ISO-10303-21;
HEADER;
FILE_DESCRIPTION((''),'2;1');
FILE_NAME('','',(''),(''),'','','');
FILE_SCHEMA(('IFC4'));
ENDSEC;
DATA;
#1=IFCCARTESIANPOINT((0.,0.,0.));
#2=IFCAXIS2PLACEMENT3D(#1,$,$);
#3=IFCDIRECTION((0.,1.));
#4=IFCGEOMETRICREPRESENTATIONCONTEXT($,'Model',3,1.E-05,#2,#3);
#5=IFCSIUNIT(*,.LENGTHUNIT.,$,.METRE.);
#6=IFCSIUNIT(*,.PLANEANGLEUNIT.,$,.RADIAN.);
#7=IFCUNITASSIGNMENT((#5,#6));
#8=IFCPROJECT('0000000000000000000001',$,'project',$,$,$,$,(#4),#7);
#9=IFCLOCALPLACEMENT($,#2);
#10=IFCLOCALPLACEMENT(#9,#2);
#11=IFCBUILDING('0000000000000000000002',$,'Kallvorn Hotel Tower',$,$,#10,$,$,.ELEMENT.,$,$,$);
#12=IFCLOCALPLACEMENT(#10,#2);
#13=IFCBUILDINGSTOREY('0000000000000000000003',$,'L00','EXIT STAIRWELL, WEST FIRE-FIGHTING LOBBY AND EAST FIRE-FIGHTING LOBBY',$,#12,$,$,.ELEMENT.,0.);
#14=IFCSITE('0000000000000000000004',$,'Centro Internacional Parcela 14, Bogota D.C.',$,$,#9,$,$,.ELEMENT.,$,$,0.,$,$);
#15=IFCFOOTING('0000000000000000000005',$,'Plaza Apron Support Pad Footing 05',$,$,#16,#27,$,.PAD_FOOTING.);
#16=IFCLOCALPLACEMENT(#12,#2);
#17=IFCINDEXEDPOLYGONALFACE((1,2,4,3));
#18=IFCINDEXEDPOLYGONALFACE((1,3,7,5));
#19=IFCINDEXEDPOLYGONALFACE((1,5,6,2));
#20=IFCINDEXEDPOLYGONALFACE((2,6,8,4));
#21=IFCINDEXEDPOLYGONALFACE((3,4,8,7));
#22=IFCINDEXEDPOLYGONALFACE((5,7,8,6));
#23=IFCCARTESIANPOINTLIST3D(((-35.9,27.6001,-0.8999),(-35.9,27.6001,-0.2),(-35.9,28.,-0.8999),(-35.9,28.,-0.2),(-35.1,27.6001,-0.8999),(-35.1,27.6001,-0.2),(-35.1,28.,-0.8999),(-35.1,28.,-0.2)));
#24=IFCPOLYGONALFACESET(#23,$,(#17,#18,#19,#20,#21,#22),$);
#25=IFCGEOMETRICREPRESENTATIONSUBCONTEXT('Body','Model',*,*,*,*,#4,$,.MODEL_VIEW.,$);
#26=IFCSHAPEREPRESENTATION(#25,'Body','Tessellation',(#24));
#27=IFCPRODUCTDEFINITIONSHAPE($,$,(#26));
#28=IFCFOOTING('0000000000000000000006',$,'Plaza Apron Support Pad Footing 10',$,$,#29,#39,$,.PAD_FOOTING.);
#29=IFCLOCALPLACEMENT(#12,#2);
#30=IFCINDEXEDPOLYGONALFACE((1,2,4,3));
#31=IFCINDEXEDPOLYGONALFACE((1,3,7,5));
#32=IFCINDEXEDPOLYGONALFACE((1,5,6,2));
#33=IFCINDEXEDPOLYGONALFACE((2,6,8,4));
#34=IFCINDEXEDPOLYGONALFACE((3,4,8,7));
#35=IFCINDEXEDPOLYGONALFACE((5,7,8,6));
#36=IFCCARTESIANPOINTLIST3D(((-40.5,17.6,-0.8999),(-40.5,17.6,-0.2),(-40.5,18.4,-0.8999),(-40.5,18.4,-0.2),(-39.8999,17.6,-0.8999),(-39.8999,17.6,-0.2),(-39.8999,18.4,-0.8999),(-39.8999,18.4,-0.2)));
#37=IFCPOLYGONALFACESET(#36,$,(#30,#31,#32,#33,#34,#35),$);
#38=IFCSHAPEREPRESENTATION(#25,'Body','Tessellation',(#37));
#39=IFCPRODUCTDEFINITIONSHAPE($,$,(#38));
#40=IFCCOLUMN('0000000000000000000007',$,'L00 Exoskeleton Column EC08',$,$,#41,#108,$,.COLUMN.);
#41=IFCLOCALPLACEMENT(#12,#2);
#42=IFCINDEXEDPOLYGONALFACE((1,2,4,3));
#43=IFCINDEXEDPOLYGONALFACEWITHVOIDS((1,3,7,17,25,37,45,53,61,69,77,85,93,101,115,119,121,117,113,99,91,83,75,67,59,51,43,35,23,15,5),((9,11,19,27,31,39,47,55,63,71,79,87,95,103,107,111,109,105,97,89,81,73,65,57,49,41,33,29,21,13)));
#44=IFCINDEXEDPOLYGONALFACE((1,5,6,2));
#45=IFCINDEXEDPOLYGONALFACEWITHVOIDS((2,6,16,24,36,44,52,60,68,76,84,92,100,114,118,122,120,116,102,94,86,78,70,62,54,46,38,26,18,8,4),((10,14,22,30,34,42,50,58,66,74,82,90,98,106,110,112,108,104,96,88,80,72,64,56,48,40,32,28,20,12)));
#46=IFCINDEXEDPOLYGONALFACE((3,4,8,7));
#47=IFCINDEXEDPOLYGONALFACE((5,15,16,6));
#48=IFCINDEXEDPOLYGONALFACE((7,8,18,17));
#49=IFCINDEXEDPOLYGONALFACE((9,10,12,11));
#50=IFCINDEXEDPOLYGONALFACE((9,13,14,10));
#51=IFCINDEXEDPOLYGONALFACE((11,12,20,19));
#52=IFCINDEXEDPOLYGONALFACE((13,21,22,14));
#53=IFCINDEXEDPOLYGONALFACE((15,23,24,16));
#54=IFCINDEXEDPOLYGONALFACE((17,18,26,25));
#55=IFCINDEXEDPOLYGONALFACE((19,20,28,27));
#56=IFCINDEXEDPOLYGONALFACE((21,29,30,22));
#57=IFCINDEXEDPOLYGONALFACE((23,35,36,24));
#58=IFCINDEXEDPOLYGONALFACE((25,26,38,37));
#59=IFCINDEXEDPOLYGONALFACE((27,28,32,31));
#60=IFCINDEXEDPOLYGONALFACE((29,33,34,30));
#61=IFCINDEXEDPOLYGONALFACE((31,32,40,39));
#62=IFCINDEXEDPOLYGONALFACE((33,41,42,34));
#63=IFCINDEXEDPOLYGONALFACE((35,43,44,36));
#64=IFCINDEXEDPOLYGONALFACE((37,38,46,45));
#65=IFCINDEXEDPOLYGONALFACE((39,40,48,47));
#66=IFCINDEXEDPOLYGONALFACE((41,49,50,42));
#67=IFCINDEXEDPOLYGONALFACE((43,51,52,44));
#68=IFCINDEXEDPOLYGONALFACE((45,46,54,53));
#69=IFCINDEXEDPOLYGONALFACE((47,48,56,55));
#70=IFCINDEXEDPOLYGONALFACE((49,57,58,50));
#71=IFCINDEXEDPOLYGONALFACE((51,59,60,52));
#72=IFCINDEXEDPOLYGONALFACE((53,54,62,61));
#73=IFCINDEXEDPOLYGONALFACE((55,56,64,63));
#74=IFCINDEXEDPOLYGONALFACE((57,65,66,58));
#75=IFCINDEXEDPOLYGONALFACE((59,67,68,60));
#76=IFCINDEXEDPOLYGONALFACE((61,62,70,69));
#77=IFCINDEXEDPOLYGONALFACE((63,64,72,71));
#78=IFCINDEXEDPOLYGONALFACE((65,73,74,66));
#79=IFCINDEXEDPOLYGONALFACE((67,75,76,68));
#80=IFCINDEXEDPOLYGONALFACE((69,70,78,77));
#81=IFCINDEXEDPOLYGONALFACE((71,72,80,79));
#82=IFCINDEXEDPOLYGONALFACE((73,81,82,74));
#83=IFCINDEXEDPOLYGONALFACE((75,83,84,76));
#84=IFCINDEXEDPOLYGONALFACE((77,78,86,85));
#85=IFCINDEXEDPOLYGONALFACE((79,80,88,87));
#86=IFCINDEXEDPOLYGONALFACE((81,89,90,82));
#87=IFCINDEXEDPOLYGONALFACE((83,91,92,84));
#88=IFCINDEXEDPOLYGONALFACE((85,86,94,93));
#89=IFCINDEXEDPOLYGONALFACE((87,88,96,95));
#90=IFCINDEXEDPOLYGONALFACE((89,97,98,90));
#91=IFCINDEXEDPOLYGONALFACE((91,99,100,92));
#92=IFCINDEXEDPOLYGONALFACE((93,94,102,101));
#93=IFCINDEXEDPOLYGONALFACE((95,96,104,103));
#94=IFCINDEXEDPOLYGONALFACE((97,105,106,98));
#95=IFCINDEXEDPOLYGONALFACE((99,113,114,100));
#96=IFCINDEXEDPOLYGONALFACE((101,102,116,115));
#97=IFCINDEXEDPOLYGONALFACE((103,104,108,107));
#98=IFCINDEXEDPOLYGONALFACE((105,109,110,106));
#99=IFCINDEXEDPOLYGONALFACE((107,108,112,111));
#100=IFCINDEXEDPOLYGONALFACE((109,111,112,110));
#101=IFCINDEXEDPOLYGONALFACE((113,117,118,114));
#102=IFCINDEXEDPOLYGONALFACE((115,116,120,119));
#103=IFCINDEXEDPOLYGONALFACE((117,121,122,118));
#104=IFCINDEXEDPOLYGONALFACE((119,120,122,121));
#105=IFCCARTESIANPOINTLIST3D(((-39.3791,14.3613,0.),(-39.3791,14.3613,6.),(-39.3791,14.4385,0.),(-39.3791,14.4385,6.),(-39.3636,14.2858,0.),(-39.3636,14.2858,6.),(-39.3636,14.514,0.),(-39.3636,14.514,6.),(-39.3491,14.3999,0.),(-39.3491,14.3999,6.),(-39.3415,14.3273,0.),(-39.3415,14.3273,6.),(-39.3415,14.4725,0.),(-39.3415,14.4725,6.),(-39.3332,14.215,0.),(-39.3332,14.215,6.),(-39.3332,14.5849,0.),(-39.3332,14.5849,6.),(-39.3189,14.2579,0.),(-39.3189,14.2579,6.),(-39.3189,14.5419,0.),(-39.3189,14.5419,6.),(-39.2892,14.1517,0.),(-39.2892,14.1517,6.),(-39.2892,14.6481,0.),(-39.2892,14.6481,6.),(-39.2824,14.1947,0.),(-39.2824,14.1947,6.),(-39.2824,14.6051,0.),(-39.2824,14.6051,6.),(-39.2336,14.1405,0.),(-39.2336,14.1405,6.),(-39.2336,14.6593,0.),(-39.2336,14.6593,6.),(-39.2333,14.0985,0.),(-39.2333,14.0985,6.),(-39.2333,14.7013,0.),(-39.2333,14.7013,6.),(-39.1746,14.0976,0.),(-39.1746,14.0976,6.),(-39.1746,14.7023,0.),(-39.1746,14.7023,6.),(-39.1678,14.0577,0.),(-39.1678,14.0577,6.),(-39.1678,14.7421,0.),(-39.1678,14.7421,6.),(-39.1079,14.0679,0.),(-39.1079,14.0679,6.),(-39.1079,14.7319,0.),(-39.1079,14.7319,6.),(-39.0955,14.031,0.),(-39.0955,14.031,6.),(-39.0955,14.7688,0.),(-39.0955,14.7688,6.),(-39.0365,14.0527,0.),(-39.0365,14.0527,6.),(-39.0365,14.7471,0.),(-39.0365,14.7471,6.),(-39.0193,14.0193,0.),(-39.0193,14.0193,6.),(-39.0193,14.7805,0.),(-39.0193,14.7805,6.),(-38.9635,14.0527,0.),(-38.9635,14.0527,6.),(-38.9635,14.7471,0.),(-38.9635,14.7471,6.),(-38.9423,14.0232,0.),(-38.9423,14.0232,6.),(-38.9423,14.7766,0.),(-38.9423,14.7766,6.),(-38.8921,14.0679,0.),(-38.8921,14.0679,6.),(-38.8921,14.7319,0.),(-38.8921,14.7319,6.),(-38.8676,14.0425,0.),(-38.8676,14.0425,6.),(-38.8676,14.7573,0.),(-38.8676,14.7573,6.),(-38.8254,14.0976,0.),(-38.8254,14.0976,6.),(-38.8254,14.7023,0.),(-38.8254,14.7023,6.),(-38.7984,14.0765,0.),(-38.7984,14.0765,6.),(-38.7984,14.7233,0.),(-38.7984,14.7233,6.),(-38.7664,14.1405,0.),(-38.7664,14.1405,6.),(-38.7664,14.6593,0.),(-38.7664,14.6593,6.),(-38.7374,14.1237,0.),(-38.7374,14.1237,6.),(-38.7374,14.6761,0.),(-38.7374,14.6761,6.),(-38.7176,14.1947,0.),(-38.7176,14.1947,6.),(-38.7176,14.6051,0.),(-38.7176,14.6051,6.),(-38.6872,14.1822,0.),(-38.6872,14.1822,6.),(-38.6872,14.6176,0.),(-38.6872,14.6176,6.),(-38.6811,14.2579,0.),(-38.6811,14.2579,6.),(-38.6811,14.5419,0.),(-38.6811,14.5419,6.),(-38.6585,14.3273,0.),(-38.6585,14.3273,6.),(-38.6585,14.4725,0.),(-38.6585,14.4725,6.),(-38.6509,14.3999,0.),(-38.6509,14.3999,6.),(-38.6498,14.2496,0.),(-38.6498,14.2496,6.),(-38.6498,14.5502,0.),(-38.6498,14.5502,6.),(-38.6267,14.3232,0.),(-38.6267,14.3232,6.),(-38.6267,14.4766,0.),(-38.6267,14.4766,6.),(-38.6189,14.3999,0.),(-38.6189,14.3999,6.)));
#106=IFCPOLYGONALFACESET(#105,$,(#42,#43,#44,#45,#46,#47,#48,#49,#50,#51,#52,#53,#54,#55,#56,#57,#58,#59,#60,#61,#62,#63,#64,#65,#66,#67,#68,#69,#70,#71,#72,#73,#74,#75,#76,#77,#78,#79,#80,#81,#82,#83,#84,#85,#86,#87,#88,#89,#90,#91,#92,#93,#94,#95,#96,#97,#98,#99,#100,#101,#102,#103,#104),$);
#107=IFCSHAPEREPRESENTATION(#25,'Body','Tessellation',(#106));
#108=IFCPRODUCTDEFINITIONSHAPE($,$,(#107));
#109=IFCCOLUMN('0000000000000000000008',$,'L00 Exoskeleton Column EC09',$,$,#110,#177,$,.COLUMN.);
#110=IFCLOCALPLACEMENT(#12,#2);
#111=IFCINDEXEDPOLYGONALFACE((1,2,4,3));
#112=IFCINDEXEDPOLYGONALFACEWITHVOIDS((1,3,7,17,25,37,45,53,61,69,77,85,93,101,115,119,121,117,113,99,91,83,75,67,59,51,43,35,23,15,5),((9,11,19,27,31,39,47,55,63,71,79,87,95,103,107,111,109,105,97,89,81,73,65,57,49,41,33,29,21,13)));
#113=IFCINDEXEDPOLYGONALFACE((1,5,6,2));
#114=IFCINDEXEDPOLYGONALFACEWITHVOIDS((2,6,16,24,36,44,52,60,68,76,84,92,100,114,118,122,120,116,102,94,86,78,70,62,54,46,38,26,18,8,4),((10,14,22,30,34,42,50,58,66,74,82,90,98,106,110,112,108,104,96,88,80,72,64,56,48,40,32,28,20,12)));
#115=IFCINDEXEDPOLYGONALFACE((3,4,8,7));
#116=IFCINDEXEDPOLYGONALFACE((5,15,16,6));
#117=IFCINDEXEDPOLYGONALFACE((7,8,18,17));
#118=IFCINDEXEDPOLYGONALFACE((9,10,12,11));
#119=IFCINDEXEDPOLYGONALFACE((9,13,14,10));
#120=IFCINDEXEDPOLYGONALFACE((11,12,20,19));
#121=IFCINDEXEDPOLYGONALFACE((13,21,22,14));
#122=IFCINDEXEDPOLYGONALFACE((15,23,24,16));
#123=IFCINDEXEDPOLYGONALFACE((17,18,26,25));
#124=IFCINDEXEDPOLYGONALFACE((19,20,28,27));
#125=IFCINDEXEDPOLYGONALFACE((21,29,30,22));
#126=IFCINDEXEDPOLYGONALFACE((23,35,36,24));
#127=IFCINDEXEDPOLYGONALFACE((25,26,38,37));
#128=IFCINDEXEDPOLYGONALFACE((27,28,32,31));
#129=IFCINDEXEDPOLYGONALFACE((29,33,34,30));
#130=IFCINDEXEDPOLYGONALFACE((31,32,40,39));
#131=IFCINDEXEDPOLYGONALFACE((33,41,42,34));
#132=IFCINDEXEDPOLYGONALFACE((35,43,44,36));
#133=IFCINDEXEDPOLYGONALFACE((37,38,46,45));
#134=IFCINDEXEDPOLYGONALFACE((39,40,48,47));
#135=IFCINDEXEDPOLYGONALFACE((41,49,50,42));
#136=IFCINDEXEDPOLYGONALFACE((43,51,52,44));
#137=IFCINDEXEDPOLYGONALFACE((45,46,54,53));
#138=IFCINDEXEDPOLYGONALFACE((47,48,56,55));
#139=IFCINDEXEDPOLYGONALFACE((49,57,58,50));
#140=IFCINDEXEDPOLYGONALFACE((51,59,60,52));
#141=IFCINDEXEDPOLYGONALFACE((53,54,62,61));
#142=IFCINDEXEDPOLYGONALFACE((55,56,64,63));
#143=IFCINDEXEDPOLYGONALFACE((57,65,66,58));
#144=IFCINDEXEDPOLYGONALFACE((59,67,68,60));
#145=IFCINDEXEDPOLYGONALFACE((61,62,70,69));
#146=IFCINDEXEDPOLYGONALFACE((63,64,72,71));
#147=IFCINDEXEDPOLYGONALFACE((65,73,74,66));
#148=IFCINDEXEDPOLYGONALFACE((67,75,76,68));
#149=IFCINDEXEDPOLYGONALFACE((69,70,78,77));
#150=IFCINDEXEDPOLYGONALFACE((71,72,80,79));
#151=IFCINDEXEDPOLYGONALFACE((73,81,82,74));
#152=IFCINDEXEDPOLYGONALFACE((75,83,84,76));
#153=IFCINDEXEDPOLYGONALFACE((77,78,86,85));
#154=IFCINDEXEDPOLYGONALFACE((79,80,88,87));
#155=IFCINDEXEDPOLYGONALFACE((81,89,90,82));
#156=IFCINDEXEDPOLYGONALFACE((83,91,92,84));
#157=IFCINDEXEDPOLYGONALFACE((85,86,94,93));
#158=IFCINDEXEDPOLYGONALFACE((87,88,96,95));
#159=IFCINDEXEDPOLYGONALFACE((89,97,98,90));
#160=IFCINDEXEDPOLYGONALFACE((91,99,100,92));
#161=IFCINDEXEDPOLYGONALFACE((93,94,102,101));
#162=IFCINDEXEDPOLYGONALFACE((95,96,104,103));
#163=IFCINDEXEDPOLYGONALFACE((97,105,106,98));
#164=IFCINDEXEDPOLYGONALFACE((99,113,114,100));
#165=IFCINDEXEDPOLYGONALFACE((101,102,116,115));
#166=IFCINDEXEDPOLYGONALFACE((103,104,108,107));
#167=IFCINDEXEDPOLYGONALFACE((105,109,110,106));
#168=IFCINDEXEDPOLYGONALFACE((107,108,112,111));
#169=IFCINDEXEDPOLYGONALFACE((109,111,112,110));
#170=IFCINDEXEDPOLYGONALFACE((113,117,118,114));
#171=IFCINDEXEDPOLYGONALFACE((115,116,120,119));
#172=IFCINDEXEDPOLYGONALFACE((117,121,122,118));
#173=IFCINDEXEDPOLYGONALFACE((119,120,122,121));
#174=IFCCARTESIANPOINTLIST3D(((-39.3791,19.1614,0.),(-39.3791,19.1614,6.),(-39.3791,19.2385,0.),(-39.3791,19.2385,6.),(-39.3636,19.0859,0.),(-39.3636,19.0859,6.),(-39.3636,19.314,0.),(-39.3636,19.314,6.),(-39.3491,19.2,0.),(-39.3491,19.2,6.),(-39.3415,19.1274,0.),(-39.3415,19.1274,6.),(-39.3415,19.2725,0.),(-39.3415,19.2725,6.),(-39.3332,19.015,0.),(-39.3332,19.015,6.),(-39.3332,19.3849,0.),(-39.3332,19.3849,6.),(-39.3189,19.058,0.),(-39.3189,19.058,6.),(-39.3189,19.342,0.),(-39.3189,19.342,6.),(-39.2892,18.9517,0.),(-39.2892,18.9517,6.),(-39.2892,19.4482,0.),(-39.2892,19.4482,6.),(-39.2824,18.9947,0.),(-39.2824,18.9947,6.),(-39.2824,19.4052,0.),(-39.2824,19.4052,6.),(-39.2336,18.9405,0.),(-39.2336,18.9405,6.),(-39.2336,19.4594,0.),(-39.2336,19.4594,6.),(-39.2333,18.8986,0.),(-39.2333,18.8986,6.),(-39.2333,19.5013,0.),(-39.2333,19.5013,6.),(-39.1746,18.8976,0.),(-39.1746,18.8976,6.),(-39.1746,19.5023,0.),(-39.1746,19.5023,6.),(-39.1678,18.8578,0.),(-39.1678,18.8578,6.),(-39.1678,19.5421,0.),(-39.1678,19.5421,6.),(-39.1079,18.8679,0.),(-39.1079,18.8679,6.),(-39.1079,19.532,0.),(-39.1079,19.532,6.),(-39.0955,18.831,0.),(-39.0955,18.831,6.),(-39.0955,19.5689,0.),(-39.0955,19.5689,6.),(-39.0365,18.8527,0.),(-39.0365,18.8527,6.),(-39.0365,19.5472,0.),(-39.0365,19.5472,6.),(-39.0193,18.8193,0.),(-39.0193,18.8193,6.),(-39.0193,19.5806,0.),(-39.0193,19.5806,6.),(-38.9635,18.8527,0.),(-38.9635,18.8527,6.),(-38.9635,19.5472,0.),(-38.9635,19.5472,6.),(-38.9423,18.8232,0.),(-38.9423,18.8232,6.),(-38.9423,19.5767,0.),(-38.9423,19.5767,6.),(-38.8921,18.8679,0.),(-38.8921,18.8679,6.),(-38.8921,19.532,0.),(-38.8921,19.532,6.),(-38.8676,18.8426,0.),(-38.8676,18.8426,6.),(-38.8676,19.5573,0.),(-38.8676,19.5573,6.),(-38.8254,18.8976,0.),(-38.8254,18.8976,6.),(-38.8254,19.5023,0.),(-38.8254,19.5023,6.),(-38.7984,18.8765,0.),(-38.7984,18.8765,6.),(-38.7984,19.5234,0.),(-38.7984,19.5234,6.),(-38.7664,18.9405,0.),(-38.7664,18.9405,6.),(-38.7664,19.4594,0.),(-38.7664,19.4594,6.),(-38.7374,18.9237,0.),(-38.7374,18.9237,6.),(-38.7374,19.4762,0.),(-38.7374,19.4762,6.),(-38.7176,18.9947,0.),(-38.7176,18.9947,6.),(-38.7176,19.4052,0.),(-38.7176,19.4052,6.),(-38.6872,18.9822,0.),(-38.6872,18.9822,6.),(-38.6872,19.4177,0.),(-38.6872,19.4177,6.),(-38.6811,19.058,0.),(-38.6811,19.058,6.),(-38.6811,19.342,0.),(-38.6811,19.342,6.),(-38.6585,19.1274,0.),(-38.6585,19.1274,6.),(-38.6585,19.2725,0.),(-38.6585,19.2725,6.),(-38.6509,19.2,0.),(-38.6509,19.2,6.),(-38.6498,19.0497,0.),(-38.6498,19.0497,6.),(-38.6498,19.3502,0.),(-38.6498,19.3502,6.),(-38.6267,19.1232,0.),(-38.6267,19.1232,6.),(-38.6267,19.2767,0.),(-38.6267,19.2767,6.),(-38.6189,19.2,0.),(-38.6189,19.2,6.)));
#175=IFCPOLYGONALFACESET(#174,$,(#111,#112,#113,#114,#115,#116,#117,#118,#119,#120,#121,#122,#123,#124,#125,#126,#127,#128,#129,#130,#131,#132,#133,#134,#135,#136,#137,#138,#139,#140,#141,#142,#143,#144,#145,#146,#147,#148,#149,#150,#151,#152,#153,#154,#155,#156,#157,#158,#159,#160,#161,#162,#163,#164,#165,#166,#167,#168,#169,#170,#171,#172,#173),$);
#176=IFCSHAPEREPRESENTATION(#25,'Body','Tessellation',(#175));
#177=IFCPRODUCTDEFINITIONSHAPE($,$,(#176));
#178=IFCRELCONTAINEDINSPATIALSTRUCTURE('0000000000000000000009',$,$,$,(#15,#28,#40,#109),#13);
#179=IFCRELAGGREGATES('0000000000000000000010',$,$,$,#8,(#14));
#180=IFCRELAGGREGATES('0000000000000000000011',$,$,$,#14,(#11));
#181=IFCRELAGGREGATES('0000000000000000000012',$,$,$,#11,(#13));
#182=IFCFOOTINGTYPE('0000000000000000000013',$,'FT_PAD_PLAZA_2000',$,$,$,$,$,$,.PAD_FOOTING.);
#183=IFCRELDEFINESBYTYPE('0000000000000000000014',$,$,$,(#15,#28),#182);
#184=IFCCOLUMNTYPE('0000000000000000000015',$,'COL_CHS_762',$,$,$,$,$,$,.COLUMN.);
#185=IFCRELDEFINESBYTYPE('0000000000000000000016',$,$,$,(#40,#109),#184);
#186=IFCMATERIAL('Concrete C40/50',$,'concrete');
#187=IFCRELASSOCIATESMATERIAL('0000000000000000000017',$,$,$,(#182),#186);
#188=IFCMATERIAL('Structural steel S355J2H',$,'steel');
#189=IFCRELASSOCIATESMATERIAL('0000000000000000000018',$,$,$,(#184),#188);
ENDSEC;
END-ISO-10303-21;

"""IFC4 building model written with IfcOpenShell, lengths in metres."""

from ifc_helpers import new_model, si_unit, direction, frame, origin, origin_2d, place, context, subcontext, project, spatial, rectangle, hollow_circle, extrude, material, material_profile, profile_set, type_object, element, save


model = new_model("IFC4")

# Units and contexts
model_context = context("Model", 3, precision=1e-05, world=origin(), true_north=direction((0.0, 1.0)))
body_context = subcontext(model_context, "Body", "Model", "MODEL_VIEW")
ifc_project = project(units=[si_unit("LENGTHUNIT", "METRE"), si_unit("PLANEANGLEUNIT", "RADIAN")], contexts=[model_context])

# Site, building, storey
site_placement = place(None, origin())
site = spatial("IfcSite", under=ifc_project, at=site_placement, Name="Centro Internacional Parcela 14, Bogota D.C.", CompositionType="ELEMENT", RefElevation=0.0)
building_placement = place(site_placement, origin())
building = spatial("IfcBuilding", under=site, at=building_placement, Name="Kallvorn Hotel Tower", CompositionType="ELEMENT")
storey_placement = place(building_placement, origin())
storey = spatial("IfcBuildingStorey", under=building, at=storey_placement, Name="L00", Description="EXIT STAIRWELL, WEST FIRE-FIGHTING LOBBY AND EAST FIRE-FIGHTING LOBBY", CompositionType="ELEMENT", Elevation=0.0)

# Footings
ifc_material_1 = material(Name="Concrete C40/50", Category="concrete")
footing_type = type_object("IfcFootingType", Name="FT_PAD_PLAZA_2000", PredefinedType="PAD_FOOTING", material=ifc_material_1)
footing_1_placement = place(storey_placement, frame((-35.5, 27.8, -0.8999), z_axis=(0.0, 0.0, 1.0), x_axis=(1.0, 0.0, 0.0)))
element("IfcFooting", 1, at=footing_1_placement, inside=storey, type_object=footing_type, Name="Plaza Apron Support Pad Footing 05", PredefinedType="PAD_FOOTING", context=body_context, shape_type="SweptSolid", body=[
    extrude(rectangle(XDim=0.8, YDim=0.3999, at=origin_2d()), origin(), (0.0, 0.0, 1.0), 0.7),
])
footing_2_placement = place(storey_placement, frame((-40.2, 18.0, -0.8999), z_axis=(0.0, 0.0, 1.0), x_axis=(1.0, 0.0, 0.0)))
element("IfcFooting", 2, at=footing_2_placement, inside=storey, type_object=footing_type, Name="Plaza Apron Support Pad Footing 10", PredefinedType="PAD_FOOTING", context=body_context, shape_type="SweptSolid", body=[
    extrude(rectangle(XDim=0.6001, YDim=0.8, at=origin_2d()), origin(), (0.0, 0.0, 1.0), 0.7),
])

# Columns
ifc_material_2 = material(Name="Structural steel S355J2H", Category="steel")
ifc_material_profile_1 = material_profile(ifc_material_2, hollow_circle(Radius=0.3811, WallThickness=0.032, at=origin_2d()), Name="CHS 762x32")
ifc_profile_set_1 = profile_set([ifc_material_profile_1], Name="Structural steel S355J2H")
column_type = type_object("IfcColumnType", Name="COL_CHS_762", PredefinedType="COLUMN", material=ifc_profile_set_1)
for number, where, z_axis, x_axis, name in (
    (3, (-39.0, 14.3999, 0.0), (0.0, 0.0, 1.0), (1.0, 0.0, 0.0), "L00 Exoskeleton Column EC08"),
    (4, (-39.0, 19.2, 0.0), (0.0, 0.0, 1.0), (1.0, 0.0, 0.0), "L00 Exoskeleton Column EC09"),
):
    element("IfcColumn", number, at=place(storey_placement, frame(where, z_axis=z_axis, x_axis=x_axis)), inside=storey, type_object=column_type, Name=name, PredefinedType="COLUMN", context=body_context, shape_type="SweptSolid", body=[
        extrude(hollow_circle(Radius=0.3811, WallThickness=0.032, at=origin_2d()), origin(), (0.0, 0.0, 1.0), 6.0),
    ])

save(model, "model.ifc")
